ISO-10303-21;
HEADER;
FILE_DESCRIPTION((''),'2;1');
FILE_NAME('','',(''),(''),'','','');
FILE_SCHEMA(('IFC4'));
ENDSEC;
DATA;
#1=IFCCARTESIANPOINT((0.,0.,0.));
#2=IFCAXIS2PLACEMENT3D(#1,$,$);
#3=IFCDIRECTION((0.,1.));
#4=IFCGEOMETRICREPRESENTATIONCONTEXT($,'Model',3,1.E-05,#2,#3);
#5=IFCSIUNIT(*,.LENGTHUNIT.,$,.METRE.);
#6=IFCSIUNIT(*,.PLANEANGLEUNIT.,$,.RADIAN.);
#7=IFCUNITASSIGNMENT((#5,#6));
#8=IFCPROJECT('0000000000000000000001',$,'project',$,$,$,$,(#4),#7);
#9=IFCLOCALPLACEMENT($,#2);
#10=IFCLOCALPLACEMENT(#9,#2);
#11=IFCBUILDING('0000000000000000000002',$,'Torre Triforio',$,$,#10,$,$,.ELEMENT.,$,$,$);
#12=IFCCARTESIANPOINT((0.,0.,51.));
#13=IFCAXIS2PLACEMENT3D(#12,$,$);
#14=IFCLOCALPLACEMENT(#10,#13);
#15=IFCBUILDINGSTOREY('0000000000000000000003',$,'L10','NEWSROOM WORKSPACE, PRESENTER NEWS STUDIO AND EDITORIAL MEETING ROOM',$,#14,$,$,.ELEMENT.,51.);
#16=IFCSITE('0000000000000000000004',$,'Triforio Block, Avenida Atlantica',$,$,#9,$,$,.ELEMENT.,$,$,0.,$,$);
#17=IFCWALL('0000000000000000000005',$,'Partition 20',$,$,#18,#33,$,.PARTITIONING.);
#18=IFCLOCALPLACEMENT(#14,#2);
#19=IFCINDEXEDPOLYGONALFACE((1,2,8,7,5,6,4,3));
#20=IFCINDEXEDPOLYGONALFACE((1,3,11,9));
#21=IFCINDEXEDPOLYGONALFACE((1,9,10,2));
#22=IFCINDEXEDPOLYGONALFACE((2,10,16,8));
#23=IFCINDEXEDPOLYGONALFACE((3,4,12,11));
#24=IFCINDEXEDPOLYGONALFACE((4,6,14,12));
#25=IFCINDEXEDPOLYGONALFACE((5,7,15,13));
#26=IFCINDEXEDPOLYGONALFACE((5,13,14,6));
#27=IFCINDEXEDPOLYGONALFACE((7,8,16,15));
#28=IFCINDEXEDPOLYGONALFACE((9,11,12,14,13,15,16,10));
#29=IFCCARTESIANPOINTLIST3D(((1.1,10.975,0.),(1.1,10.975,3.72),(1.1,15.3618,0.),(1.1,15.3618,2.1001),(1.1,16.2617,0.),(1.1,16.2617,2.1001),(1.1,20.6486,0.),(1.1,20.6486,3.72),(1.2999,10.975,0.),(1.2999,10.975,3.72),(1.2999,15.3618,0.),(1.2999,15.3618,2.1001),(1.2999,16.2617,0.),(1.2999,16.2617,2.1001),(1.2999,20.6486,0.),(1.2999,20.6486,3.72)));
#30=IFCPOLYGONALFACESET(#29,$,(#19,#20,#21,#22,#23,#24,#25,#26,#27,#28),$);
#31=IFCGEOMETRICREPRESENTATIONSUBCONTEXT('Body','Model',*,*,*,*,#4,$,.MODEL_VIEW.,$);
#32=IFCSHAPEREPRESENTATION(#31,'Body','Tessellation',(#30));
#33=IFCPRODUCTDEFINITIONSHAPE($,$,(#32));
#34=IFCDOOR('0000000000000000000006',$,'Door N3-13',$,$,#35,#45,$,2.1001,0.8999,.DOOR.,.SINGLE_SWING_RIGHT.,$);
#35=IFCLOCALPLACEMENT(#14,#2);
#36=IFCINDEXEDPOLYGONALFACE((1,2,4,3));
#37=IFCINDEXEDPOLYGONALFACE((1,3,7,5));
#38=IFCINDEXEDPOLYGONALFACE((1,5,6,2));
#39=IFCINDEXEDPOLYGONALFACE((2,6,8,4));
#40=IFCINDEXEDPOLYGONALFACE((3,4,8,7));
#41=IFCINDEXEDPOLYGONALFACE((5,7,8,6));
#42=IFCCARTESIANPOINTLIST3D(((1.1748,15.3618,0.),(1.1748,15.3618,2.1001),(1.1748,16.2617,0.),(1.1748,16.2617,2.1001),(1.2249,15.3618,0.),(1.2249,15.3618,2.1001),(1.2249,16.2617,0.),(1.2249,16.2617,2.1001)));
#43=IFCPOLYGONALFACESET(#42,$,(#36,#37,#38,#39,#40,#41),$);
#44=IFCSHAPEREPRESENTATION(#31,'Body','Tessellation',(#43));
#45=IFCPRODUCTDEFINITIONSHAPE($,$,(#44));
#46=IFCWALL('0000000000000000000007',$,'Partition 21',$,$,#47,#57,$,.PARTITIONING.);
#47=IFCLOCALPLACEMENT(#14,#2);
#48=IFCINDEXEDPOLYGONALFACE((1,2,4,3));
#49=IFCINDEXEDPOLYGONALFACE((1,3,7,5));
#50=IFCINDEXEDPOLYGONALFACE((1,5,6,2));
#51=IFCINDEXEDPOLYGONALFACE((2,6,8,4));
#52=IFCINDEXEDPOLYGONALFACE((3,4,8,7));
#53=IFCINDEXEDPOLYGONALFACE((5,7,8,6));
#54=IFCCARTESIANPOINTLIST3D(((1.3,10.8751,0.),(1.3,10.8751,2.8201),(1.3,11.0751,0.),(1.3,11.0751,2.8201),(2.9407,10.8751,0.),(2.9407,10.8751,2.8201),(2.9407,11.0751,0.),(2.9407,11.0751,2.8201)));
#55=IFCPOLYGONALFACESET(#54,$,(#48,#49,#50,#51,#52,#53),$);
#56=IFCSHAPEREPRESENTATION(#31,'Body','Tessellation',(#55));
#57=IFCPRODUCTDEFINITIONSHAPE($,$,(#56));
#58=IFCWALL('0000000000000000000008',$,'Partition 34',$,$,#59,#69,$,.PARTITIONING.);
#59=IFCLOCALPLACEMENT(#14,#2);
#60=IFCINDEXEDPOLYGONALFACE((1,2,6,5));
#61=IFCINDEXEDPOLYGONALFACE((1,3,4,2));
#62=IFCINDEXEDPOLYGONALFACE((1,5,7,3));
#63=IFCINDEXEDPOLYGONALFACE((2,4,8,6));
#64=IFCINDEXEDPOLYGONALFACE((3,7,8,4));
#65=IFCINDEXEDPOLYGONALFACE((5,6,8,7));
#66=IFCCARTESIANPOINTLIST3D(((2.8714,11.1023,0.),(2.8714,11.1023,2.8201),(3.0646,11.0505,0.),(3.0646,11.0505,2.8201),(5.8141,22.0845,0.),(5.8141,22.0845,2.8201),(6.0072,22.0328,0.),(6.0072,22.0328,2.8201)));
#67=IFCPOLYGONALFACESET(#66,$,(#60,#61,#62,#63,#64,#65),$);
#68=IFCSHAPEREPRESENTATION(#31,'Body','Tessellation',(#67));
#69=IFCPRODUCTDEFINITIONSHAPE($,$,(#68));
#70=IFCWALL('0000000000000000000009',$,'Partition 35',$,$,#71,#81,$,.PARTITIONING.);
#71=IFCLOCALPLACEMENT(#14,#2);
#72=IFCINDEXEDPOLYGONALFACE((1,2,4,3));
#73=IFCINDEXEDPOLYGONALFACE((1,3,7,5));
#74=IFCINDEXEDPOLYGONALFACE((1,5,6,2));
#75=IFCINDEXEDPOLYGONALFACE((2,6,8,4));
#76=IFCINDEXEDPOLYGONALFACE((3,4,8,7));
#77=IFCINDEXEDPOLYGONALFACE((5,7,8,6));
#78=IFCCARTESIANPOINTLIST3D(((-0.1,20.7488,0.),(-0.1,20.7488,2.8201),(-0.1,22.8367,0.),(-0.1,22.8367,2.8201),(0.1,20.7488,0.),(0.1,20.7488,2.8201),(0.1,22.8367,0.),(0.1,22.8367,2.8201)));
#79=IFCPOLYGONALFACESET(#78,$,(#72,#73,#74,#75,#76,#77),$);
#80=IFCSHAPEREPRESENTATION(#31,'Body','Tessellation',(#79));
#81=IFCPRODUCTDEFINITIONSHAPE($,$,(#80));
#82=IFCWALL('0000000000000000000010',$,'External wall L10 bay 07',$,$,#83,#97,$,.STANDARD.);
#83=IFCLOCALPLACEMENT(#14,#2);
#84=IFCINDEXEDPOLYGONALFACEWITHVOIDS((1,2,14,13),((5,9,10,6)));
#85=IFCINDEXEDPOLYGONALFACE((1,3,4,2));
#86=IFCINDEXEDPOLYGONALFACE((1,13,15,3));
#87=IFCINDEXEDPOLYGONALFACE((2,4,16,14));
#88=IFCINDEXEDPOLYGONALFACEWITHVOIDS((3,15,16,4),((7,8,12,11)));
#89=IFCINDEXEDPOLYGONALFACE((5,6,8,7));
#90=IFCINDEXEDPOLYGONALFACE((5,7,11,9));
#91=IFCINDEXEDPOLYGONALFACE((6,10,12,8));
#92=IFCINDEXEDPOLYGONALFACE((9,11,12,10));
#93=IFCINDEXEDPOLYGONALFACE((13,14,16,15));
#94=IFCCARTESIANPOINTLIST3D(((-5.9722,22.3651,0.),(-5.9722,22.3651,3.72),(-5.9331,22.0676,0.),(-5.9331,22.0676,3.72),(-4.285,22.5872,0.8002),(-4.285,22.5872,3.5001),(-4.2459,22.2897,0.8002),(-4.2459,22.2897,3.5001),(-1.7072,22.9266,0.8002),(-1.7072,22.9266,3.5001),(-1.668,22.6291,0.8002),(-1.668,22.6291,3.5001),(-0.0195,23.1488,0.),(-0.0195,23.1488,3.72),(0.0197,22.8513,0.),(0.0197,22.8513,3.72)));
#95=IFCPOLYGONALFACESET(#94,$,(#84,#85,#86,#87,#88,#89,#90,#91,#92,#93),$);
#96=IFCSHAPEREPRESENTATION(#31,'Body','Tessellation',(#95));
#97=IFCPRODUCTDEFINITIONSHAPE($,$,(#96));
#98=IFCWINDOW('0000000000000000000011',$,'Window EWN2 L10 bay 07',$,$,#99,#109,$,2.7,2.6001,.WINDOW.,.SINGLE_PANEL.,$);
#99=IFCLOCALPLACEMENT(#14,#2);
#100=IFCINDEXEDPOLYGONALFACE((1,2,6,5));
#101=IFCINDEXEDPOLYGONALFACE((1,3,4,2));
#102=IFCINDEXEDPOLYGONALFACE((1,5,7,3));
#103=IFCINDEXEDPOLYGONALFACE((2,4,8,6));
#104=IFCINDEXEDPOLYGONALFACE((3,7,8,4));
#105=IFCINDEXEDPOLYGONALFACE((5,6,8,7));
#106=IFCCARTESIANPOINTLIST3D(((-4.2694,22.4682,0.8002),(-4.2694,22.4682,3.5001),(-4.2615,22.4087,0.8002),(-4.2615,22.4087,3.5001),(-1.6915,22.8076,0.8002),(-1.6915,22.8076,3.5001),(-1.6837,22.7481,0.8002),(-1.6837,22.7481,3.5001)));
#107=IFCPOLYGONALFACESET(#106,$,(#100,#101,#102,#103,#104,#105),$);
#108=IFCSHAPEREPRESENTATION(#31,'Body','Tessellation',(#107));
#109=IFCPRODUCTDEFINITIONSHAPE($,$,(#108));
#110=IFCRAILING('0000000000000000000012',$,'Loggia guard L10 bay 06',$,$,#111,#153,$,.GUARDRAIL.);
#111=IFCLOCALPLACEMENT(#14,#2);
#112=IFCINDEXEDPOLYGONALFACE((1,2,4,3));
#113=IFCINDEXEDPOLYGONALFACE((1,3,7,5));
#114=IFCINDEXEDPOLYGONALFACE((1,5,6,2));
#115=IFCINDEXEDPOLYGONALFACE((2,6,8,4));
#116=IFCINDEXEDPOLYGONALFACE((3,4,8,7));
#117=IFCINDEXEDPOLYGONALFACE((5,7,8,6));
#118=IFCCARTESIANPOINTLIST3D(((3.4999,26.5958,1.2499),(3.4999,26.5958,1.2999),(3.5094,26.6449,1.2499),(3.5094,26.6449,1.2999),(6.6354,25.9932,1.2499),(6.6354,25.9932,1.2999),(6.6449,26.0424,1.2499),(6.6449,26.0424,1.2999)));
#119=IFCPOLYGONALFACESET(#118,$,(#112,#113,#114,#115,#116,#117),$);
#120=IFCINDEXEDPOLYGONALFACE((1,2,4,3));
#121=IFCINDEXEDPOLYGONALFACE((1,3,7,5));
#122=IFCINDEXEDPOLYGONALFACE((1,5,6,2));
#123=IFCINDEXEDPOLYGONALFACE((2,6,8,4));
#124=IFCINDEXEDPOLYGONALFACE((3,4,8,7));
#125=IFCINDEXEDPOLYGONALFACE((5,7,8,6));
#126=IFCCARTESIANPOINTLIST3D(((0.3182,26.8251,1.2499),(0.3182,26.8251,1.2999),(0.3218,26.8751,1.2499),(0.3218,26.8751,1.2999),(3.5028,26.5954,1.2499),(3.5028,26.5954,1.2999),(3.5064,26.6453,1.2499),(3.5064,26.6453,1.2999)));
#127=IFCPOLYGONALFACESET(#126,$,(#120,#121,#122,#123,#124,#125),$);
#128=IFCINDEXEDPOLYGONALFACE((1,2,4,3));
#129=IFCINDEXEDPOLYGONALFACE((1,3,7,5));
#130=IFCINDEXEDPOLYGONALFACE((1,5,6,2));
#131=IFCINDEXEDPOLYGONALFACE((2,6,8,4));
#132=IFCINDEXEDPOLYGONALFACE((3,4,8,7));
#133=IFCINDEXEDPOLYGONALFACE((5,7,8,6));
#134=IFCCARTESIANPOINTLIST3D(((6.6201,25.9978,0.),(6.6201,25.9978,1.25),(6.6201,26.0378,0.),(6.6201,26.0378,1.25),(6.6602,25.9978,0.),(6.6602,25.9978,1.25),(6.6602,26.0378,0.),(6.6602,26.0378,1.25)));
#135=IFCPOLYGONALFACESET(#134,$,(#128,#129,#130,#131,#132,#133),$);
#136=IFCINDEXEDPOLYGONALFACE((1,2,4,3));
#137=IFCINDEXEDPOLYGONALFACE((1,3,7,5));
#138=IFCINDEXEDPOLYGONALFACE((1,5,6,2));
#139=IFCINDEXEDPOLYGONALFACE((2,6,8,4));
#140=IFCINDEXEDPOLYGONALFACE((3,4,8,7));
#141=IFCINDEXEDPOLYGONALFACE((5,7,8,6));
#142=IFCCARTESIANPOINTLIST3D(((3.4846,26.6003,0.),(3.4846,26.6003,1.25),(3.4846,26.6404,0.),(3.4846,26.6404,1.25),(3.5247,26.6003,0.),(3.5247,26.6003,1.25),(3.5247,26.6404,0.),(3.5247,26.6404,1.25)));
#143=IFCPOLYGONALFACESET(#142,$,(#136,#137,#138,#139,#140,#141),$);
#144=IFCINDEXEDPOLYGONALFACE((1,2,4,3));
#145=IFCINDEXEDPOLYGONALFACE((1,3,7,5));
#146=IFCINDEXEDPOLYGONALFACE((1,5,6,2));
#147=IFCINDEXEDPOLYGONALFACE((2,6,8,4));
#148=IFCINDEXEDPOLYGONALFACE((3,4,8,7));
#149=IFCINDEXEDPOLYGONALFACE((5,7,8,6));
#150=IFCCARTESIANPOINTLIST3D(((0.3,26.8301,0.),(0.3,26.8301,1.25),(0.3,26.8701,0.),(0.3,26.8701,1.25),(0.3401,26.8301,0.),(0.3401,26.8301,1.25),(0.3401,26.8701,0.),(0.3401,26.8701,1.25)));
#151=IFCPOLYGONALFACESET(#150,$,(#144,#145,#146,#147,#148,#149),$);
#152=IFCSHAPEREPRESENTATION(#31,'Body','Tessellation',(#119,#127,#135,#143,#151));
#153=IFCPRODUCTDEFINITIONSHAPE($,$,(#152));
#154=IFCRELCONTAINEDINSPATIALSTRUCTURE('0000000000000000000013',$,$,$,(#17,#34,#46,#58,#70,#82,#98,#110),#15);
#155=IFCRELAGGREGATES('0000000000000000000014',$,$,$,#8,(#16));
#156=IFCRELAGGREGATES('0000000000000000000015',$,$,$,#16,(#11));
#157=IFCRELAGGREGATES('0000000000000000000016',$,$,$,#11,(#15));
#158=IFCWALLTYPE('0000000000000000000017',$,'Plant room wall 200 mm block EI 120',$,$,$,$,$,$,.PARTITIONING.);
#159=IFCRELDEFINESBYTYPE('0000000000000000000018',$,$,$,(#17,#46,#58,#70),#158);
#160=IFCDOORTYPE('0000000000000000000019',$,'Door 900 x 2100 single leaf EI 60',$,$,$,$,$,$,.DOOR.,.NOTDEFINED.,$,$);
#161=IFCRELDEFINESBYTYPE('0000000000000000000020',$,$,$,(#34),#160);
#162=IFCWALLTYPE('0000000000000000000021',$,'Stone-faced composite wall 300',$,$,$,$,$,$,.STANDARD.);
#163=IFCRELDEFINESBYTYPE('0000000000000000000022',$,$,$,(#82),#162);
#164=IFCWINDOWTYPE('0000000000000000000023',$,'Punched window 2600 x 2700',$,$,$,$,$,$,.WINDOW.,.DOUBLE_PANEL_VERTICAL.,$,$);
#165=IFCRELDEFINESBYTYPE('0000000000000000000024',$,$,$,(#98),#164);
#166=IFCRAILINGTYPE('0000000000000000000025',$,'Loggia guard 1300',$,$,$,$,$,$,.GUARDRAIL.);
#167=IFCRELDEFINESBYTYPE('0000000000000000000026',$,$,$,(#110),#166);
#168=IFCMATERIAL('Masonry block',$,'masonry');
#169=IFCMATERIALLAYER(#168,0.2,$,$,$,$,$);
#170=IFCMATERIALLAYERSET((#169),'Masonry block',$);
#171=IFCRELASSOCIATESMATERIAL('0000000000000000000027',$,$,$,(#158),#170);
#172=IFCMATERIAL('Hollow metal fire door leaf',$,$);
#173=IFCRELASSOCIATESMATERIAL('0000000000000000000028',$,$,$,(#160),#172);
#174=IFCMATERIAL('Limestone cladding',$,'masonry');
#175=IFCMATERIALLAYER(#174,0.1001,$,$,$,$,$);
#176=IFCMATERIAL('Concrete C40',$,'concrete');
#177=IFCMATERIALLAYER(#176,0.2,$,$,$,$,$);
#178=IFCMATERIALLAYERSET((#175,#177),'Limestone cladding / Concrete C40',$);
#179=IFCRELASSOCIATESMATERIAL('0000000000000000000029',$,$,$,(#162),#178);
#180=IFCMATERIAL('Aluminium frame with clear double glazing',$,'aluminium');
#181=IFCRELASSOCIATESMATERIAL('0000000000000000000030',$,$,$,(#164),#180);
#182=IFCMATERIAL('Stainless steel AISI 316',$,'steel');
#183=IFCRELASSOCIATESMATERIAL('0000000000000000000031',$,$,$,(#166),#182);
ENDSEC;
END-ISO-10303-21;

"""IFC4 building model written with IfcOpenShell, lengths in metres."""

from ifc_helpers import new_model, si_unit, direction, frame, frame_2d, origin, origin_2d, place, context, subcontext, project, spatial, rectangle, extrude, material, layer, layer_set, type_object, element, fill, save


model = new_model("IFC4")

# Units and contexts
model_context = context("Model", 3, precision=1e-05, world=origin(), true_north=direction((0.0, 1.0)))
body_context = subcontext(model_context, "Body", "Model", "MODEL_VIEW")
ifc_project = project(units=[si_unit("LENGTHUNIT", "METRE"), si_unit("PLANEANGLEUNIT", "RADIAN")], contexts=[model_context])

# Site, building, storey
site_placement = place(None, origin())
site = spatial("IfcSite", under=ifc_project, at=site_placement, Name="Triforio Block, Avenida Atlantica", CompositionType="ELEMENT", RefElevation=0.0)
building_placement = place(site_placement, origin())
building = spatial("IfcBuilding", under=site, at=building_placement, Name="Torre Triforio", CompositionType="ELEMENT")
storey_placement = place(building_placement, frame((0.0, 0.0, 51.0)))
storey = spatial("IfcBuildingStorey", under=building, at=storey_placement, Name="L10", Description="NEWSROOM WORKSPACE, PRESENTER NEWS STUDIO AND EDITORIAL MEETING ROOM", CompositionType="ELEMENT", Elevation=51.0)

# Shared definitions
ifc_material_1 = material(Name="Hollow metal fire door leaf")

# Shared definitions
ifc_material_2 = material(Name="Masonry block", Category="masonry")
ifc_layer_1 = layer(ifc_material_2, 0.2)
ifc_layer_set_1 = layer_set([ifc_layer_1], Name="Masonry block")
wall_type_1 = type_object("IfcWallType", Name="Plant room wall 200 mm block EI 120", PredefinedType="PARTITIONING", material=ifc_layer_set_1)

# Wall, opening, door
wall_1_placement = place(storey_placement, frame((1.2, 20.6487, 0.0), z_axis=(0.0, 0.0, 1.0), x_axis=(0.0, -1.0, 0.0)))
wall_1 = element("IfcWall", 1, at=wall_1_placement, inside=storey, type_object=wall_type_1, Name="Partition 20", PredefinedType="PARTITIONING", context=body_context, shape_type="SweptSolid", body=[
    extrude(rectangle(XDim=9.6736, YDim=0.2, at=frame_2d((4.8369, 0.0))), origin(), (0.0, 0.0, 1.0), 3.72),
])
opening_1_placement = place(wall_1_placement, frame((4.387, 0.0, 0.0)))
opening_1 = element("IfcOpeningElement", 2, at=opening_1_placement, cuts=wall_1, PredefinedType="OPENING", context=body_context, shape_type="SweptSolid", body=[
    extrude(rectangle(XDim=0.8999, YDim=2.1001, at=frame_2d((0.45, 1.05))), frame((0.0, 0.1099, 0.0), z_axis=(0.0, -1.0, 0.0), x_axis=(1.0, 0.0, 0.0)), (0.0, 0.0, 1.0), 0.22),
])
door_type_1 = type_object("IfcDoorType", Name="Door 900 x 2100 single leaf EI 60", OperationType="NOTDEFINED", PredefinedType="DOOR", material=ifc_material_1)
door_1_placement = place(opening_1_placement, origin())
door_1 = element("IfcDoor", 3, at=door_1_placement, inside=storey, type_object=door_type_1, Name="Door N3-13", OperationType="SINGLE_SWING_RIGHT", OverallHeight=2.1001, OverallWidth=0.8999, PredefinedType="DOOR", context=body_context, shape_type="SweptSolid", body=[
    extrude(rectangle(XDim=0.8999, YDim=2.1001, at=frame_2d((0.45, 1.05))), frame((0.0, 0.0249, 0.0), z_axis=(0.0, -1.0, 0.0), x_axis=(1.0, 0.0, 0.0)), (0.0, 0.0, 1.0), 0.05),
])
fill(opening_1, door_1)

# Walls
wall_2_placement = place(storey_placement, frame((1.3, 10.9751, 0.0), z_axis=(0.0, 0.0, 1.0), x_axis=(1.0, 0.0, 0.0)))
element("IfcWall", 4, at=wall_2_placement, inside=storey, type_object=wall_type_1, Name="Partition 21", PredefinedType="PARTITIONING", context=body_context, shape_type="SweptSolid", body=[
    extrude(rectangle(XDim=1.6406, YDim=0.2, at=frame_2d((0.8203, 0.0))), origin(), (0.0, 0.0, 1.0), 2.8201),
])
wall_3_placement = place(storey_placement, frame((2.968, 11.0764, 0.0), z_axis=(0.0, 0.0, 1.0), x_axis=(0.258816, 0.965927, 0.0)))
element("IfcWall", 5, at=wall_3_placement, inside=storey, type_object=wall_type_1, Name="Partition 34", PredefinedType="PARTITIONING", context=body_context, shape_type="SweptSolid", body=[
    extrude(rectangle(XDim=11.3696, YDim=0.2, at=frame_2d((5.6848, 0.0))), origin(), (0.0, 0.0, 1.0), 2.8201),
])
wall_4_placement = place(storey_placement, frame((0.0, 20.7488, 0.0), z_axis=(0.0, 0.0, 1.0), x_axis=(0.0, 1.0, 0.0)))
element("IfcWall", 6, at=wall_4_placement, inside=storey, type_object=wall_type_1, Name="Partition 35", PredefinedType="PARTITIONING", context=body_context, shape_type="SweptSolid", body=[
    extrude(rectangle(XDim=2.0879, YDim=0.2, at=frame_2d((1.0439, 0.0))), origin(), (0.0, 0.0, 1.0), 2.8201),
])

# Shared definitions
ifc_material_3 = material(Name="Limestone cladding", Category="masonry")
ifc_layer_2 = layer(ifc_material_3, 0.1001)
ifc_material_4 = material(Name="Concrete C40", Category="concrete")
ifc_layer_3 = layer(ifc_material_4, 0.2)
ifc_layer_set_2 = layer_set([ifc_layer_2, ifc_layer_3], Name="Limestone cladding / Concrete C40")
wall_type_2 = type_object("IfcWallType", Name="Stone-faced composite wall 300", PredefinedType="STANDARD", material=ifc_layer_set_2)
ifc_material_5 = material(Name="Aluminium frame with clear double glazing", Category="aluminium")

# Wall, opening, window
wall_5_placement = place(storey_placement, frame((0.0, 23.0, 0.0), z_axis=(0.0, 0.0, 1.0), x_axis=(-0.991445, -0.130523, 0.0)))
wall_5 = element("IfcWall", 7, at=wall_5_placement, inside=storey, type_object=wall_type_2, Name="External wall L10 bay 07", PredefinedType="STANDARD", context=body_context, shape_type="SweptSolid", body=[
    extrude(rectangle(XDim=6.0042, YDim=0.3, at=frame_2d((3.002, 0.0))), origin(), (0.0, 0.0, 1.0), 3.72),
])
opening_2_placement = place(wall_5_placement, frame((1.7021, 0.0, 0.8)))
opening_2 = element("IfcOpeningElement", 8, at=opening_2_placement, cuts=wall_5, PredefinedType="OPENING", context=body_context, shape_type="SweptSolid", body=[
    extrude(rectangle(XDim=2.6001, YDim=2.7, at=frame_2d((1.3, 1.3501))), frame((0.0, 0.1599, 0.0), z_axis=(0.0, -1.0, 0.0), x_axis=(1.0, 0.0, 0.0)), (0.0, 0.0, 1.0), 0.3201),
])
window_type_1 = type_object("IfcWindowType", Name="Punched window 2600 x 2700", PartitioningType="DOUBLE_PANEL_VERTICAL", PredefinedType="WINDOW", material=ifc_material_5)
window_1_placement = place(opening_2_placement, origin())
window_1 = element("IfcWindow", 9, at=window_1_placement, inside=storey, type_object=window_type_1, Name="Window EWN2 L10 bay 07", OverallHeight=2.7, OverallWidth=2.6001, PartitioningType="SINGLE_PANEL", PredefinedType="WINDOW", context=body_context, shape_type="SweptSolid", body=[
    extrude(rectangle(XDim=2.6001, YDim=2.7, at=frame_2d((1.3, 1.3501))), frame((0.0, 0.03, 0.0), z_axis=(0.0, -1.0, 0.0), x_axis=(1.0, 0.0, 0.0)), (0.0, 0.0, 1.0), 0.0601),
])
fill(opening_2, window_1)

# Railing
ifc_material_6 = material(Name="Stainless steel AISI 316", Category="steel")
railing_type = type_object("IfcRailingType", Name="Loggia guard 1300", PredefinedType="GUARDRAIL", material=ifc_material_6)
railing_placement = place(storey_placement, frame((6.6401, 26.0178, 0.0)))
element("IfcRailing", 10, at=railing_placement, inside=storey, type_object=railing_type, Name="Loggia guard L10 bay 06", PredefinedType="GUARDRAIL", context=body_context, shape_type="SweptSolid", body=[
    extrude(rectangle(XDim=0.05, YDim=0.05, at=origin_2d()), frame((0.0, 0.0, 1.2749), z_axis=(-0.982032, 0.188714, 0.0), x_axis=(-0.188714, -0.982032, 0.0)), (0.0, 0.0, 1.0), 3.1929),
    extrude(rectangle(XDim=0.05, YDim=0.05, at=origin_2d()), frame((-3.1355, 0.6025, 1.2749), z_axis=(-0.997408, 0.071953, 0.0), x_axis=(-0.071953, -0.997408, 0.0)), (0.0, 0.0, 1.0), 3.1929),
    extrude(rectangle(XDim=0.04, YDim=0.04, at=origin_2d()), origin(), (0.0, 0.0, 1.0), 1.25),
    extrude(rectangle(XDim=0.04, YDim=0.04, at=origin_2d()), frame((-3.1355, 0.6025, 0.0)), (0.0, 0.0, 1.0), 1.25),
    extrude(rectangle(XDim=0.04, YDim=0.04, at=origin_2d()), frame((-6.3201, 0.8323, 0.0)), (0.0, 0.0, 1.0), 1.25),
])

save(model, "model.ifc")
